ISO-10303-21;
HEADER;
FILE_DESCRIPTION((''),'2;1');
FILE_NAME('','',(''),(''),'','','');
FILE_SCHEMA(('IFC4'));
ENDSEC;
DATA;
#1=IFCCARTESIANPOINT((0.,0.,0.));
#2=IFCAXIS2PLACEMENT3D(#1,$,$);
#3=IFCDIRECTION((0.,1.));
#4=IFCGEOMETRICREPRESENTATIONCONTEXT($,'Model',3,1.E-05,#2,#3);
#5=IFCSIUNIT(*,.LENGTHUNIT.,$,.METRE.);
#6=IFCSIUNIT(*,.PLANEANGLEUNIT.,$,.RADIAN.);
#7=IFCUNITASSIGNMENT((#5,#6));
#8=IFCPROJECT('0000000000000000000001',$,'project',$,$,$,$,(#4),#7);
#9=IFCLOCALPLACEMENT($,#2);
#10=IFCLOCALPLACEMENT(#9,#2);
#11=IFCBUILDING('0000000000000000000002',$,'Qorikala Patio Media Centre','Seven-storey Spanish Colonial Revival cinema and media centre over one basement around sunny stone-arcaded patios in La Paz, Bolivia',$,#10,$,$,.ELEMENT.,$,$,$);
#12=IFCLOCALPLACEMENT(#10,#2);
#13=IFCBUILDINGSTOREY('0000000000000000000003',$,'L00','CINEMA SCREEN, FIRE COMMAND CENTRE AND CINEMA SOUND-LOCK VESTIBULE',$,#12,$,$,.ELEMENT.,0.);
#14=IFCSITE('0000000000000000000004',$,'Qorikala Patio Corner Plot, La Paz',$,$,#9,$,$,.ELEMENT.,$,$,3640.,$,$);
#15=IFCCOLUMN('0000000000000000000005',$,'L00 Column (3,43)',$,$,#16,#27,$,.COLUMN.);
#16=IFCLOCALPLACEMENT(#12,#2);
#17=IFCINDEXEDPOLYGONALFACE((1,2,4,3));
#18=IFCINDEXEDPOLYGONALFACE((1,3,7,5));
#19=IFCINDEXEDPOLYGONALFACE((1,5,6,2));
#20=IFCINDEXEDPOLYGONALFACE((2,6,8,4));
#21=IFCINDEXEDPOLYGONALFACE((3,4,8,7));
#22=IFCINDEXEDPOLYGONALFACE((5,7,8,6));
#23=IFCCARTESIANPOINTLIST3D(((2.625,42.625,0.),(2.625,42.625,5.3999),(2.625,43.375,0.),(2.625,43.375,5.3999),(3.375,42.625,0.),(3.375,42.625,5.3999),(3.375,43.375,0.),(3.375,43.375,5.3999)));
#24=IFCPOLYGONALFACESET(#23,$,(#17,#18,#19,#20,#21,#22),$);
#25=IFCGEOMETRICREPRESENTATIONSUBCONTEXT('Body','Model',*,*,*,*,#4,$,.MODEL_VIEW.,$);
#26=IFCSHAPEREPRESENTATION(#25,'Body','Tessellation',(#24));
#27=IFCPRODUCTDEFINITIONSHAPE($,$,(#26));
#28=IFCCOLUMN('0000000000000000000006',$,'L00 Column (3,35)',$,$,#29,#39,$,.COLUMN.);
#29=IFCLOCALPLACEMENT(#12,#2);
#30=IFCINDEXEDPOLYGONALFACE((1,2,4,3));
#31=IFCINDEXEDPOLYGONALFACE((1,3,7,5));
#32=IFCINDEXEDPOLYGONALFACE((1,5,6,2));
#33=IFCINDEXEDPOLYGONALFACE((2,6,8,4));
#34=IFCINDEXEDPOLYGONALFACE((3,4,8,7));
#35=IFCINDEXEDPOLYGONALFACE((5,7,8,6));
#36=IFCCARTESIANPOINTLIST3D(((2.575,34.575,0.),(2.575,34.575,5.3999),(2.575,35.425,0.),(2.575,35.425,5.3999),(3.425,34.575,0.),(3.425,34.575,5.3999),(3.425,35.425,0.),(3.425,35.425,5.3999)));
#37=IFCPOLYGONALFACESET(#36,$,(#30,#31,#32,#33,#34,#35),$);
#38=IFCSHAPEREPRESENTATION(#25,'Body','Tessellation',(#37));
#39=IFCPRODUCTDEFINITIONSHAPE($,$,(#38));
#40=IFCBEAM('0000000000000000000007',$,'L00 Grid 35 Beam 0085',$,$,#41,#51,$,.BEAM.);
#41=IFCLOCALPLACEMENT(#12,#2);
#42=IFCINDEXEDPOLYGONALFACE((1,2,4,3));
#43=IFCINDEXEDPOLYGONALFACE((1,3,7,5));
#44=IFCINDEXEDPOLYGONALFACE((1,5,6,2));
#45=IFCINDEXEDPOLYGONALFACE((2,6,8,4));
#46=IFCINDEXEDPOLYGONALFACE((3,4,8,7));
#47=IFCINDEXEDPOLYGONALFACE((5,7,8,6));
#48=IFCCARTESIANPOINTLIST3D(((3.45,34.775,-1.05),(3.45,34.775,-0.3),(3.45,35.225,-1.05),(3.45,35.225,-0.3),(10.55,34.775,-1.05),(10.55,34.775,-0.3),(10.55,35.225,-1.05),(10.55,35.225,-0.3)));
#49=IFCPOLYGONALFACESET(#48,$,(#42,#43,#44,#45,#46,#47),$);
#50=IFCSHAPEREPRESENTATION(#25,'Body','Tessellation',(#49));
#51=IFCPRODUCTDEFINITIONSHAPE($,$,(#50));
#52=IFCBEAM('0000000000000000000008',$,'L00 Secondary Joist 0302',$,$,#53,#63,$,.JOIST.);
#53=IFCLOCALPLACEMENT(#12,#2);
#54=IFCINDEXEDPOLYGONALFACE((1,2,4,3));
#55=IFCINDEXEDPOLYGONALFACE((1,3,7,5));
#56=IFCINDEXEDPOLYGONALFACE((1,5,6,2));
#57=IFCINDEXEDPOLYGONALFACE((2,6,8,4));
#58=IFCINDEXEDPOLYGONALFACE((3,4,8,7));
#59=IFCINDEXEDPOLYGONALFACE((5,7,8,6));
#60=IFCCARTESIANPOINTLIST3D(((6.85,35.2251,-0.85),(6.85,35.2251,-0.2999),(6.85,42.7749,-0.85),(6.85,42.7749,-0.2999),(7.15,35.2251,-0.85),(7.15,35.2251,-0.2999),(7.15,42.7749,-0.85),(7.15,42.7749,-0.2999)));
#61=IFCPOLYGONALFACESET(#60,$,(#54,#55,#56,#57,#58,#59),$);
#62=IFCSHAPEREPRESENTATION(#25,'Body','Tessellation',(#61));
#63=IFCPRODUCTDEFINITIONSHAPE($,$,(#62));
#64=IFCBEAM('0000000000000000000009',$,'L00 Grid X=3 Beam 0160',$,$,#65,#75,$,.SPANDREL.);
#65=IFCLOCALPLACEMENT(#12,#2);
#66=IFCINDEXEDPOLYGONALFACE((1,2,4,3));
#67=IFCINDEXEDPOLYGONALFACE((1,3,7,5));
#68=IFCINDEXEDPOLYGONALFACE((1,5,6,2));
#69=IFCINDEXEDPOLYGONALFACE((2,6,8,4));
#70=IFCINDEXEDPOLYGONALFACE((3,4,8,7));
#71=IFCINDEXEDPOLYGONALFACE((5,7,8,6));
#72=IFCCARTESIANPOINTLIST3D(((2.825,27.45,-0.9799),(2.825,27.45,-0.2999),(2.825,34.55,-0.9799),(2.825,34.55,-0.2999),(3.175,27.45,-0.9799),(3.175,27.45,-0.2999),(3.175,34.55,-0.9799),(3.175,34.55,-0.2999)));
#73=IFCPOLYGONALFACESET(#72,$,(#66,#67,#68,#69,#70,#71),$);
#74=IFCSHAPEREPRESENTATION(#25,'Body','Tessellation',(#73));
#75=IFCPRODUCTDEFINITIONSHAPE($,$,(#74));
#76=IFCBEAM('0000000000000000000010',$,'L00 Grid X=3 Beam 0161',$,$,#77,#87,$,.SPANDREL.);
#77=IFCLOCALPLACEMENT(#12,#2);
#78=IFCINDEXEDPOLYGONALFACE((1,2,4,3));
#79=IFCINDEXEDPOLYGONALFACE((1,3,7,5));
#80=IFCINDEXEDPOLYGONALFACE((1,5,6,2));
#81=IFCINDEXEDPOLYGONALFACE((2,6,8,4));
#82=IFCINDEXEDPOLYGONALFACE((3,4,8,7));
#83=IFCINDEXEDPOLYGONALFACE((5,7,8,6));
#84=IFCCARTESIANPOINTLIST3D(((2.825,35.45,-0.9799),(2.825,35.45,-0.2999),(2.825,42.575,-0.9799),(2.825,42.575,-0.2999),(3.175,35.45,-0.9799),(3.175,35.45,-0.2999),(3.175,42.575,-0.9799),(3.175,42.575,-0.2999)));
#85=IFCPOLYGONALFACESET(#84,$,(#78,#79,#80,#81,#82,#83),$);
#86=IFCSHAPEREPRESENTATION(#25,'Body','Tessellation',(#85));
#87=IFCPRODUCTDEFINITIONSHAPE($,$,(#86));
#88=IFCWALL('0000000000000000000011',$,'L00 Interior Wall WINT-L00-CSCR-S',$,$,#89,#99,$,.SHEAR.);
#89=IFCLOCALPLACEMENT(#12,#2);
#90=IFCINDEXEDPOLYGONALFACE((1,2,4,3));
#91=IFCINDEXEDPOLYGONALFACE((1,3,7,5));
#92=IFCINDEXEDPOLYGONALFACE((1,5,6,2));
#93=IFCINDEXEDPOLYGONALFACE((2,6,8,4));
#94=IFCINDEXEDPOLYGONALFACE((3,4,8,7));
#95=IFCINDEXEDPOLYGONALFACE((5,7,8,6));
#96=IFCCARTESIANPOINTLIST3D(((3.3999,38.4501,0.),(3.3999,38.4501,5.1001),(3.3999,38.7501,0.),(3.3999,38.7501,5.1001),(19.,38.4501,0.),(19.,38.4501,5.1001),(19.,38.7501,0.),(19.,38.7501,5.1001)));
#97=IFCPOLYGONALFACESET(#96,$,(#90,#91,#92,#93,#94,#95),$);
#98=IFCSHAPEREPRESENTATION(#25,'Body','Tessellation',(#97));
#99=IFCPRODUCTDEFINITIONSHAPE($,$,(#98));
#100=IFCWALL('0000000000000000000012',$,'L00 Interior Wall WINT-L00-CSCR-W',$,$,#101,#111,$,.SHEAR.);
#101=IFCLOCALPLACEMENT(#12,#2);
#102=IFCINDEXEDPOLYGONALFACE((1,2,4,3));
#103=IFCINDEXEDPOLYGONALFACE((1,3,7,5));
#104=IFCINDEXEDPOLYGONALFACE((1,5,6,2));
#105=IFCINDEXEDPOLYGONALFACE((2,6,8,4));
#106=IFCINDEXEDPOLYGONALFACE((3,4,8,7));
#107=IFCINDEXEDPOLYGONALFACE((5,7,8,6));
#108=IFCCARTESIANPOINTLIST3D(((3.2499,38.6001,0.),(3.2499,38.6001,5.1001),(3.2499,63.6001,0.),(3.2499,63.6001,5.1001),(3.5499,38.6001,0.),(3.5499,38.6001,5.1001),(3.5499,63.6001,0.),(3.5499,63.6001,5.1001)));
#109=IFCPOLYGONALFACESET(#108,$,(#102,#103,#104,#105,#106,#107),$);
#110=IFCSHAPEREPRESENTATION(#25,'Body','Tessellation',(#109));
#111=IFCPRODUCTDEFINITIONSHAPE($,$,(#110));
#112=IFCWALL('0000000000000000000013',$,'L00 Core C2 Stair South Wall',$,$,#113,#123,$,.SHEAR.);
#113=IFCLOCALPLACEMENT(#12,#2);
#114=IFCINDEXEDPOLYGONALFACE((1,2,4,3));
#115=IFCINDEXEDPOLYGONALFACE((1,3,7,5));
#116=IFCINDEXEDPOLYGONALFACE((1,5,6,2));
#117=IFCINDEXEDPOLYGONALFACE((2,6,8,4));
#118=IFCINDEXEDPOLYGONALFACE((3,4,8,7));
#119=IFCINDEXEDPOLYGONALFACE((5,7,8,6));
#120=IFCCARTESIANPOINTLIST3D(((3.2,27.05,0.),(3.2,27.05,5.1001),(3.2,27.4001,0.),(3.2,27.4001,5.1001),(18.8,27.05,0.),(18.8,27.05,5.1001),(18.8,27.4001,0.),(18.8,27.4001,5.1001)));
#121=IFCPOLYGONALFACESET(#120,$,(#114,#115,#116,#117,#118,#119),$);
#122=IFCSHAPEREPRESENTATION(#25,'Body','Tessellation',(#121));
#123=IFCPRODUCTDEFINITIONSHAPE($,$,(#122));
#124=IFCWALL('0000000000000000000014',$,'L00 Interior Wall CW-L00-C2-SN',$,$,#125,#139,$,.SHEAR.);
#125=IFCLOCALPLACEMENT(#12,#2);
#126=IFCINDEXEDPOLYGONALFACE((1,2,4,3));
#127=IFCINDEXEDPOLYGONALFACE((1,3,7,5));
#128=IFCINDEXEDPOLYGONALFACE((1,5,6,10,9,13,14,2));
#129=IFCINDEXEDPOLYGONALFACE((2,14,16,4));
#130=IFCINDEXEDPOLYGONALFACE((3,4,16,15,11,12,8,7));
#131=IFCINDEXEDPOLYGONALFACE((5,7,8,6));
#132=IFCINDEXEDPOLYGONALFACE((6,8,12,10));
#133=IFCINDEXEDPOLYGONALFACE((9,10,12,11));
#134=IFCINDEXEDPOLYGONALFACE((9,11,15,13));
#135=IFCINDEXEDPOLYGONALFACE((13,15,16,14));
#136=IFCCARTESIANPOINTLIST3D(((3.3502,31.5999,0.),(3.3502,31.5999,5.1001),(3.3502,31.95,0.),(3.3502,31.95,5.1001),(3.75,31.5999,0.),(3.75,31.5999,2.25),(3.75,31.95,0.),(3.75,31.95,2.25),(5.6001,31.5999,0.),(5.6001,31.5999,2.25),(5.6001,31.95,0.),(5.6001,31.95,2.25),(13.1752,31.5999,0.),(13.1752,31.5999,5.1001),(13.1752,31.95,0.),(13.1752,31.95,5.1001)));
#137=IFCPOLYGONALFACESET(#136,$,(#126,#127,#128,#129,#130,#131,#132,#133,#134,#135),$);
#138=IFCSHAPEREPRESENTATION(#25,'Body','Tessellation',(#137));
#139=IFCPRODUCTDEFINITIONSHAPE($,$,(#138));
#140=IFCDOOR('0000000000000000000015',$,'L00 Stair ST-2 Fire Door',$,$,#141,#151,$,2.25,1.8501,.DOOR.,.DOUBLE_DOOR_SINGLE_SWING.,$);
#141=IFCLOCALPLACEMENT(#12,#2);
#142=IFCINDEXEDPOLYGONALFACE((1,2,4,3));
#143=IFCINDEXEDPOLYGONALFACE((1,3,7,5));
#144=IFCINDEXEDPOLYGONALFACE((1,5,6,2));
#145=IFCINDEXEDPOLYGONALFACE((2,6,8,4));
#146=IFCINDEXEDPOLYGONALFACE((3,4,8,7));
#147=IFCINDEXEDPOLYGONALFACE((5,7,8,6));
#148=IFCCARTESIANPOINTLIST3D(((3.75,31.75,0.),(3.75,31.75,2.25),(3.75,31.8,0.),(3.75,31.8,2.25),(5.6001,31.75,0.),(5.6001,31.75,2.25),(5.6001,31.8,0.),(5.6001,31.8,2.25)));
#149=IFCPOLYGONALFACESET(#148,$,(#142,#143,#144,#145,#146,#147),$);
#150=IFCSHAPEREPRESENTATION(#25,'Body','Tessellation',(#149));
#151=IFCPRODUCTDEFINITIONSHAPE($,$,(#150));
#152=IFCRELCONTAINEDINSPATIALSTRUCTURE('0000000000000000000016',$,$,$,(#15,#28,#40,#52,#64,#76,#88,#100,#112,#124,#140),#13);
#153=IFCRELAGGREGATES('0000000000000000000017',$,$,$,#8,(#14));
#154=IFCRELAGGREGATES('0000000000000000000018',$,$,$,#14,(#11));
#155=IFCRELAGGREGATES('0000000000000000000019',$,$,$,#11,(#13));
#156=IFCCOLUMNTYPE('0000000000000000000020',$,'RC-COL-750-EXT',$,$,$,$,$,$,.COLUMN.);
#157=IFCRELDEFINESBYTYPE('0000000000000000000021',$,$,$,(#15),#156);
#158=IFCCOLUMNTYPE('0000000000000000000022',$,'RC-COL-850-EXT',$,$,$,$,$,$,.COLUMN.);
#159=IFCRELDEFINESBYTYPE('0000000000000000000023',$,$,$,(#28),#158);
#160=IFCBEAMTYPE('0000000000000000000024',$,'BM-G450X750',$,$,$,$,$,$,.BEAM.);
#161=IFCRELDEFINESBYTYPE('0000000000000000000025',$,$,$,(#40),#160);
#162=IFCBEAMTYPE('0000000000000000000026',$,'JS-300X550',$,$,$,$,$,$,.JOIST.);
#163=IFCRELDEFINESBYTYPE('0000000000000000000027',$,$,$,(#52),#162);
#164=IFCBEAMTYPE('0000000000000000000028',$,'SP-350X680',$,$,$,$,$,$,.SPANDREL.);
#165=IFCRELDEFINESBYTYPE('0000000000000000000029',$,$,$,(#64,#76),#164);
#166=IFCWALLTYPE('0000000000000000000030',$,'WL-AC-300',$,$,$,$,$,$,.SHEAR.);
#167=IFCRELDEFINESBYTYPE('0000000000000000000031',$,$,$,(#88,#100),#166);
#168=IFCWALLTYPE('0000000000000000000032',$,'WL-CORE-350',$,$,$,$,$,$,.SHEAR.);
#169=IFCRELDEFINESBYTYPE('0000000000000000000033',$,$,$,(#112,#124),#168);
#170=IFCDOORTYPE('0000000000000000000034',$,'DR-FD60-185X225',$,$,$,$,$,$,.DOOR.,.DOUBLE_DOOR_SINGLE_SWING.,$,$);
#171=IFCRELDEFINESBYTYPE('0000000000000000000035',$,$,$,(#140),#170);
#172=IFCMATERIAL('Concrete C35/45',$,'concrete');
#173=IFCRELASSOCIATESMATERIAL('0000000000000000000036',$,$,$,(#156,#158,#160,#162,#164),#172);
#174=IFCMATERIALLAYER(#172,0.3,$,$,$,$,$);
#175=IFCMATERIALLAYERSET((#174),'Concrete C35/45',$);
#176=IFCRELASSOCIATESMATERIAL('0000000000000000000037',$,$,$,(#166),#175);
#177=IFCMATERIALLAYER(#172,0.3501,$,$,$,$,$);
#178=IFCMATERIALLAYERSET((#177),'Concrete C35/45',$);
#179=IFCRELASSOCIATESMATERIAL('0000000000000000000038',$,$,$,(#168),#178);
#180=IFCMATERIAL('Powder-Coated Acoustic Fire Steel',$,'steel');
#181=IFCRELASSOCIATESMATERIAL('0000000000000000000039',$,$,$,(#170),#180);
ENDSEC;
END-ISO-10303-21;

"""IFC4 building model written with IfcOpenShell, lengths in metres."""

from ifc_helpers import new_model, si_unit, direction, frame, frame_2d, origin, origin_2d, place, context, subcontext, project, spatial, rectangle, extrude, material, layer, layer_set, material_profile, profile_set, type_object, element, fill, save


model = new_model("IFC4")

# Units and contexts
model_context = context("Model", 3, precision=1e-05, world=origin(), true_north=direction((0.0, 1.0)))
body_context = subcontext(model_context, "Body", "Model", "MODEL_VIEW")
ifc_project = project(units=[si_unit("LENGTHUNIT", "METRE"), si_unit("PLANEANGLEUNIT", "RADIAN")], contexts=[model_context])

# Site, building, storey
site_placement = place(None, origin())
site = spatial("IfcSite", under=ifc_project, at=site_placement, Name="Qorikala Patio Corner Plot, La Paz", CompositionType="ELEMENT", RefElevation=3640.0)
building_placement = place(site_placement, origin())
building = spatial("IfcBuilding", under=site, at=building_placement, Name="Qorikala Patio Media Centre", Description="Seven-storey Spanish Colonial Revival cinema and media centre over one basement around sunny stone-arcaded patios in La Paz, Bolivia", CompositionType="ELEMENT")
storey_placement = place(building_placement, origin())
storey = spatial("IfcBuildingStorey", under=building, at=storey_placement, Name="L00", Description="CINEMA SCREEN, FIRE COMMAND CENTRE AND CINEMA SOUND-LOCK VESTIBULE", CompositionType="ELEMENT", Elevation=0.0)

# Columns
ifc_material_1 = material(Name="Concrete C35/45", Category="concrete")
ifc_material_profile_1 = material_profile(ifc_material_1, rectangle(XDim=0.75, YDim=0.75, at=origin_2d()), Name="RC 750x750")
ifc_profile_set_1 = profile_set([ifc_material_profile_1], Name="Concrete C35/45")
column_type_1 = type_object("IfcColumnType", Name="RC-COL-750-EXT", PredefinedType="COLUMN", material=ifc_profile_set_1)
column_1_placement = place(storey_placement, frame((3.0, 43.0, 0.0), z_axis=(0.0, 0.0, 1.0), x_axis=(1.0, 0.0, 0.0)))
element("IfcColumn", 1, at=column_1_placement, inside=storey, type_object=column_type_1, Name="L00 Column (3,43)", PredefinedType="COLUMN", context=body_context, shape_type="SweptSolid", body=[
    extrude(rectangle(XDim=0.75, YDim=0.75, at=origin_2d()), origin(), (0.0, 0.0, 1.0), 5.3999),
])
ifc_material_profile_2 = material_profile(ifc_material_1, rectangle(XDim=0.8501, YDim=0.8501, at=origin_2d()), Name="RC 850x850")
ifc_profile_set_2 = profile_set([ifc_material_profile_2], Name="Concrete C35/45")
column_type_2 = type_object("IfcColumnType", Name="RC-COL-850-EXT", PredefinedType="COLUMN", material=ifc_profile_set_2)
column_2_placement = place(storey_placement, frame((3.0, 35.0, 0.0), z_axis=(0.0, 0.0, 1.0), x_axis=(1.0, 0.0, 0.0)))
element("IfcColumn", 2, at=column_2_placement, inside=storey, type_object=column_type_2, Name="L00 Column (3,35)", PredefinedType="COLUMN", context=body_context, shape_type="SweptSolid", body=[
    extrude(rectangle(XDim=0.8501, YDim=0.8501, at=origin_2d()), origin(), (0.0, 0.0, 1.0), 5.3999),
])

# Beams
ifc_material_profile_3 = material_profile(ifc_material_1, rectangle(XDim=0.45, YDim=0.75, at=origin_2d()), Name="RC 450x750")
ifc_profile_set_3 = profile_set([ifc_material_profile_3], Name="Concrete C35/45")
beam_type_1 = type_object("IfcBeamType", Name="BM-G450X750", PredefinedType="BEAM", material=ifc_profile_set_3)
beam_1_placement = place(storey_placement, frame((3.45, 35.0, -0.675), z_axis=(1.0, 0.0, 0.0), x_axis=(0.0, 1.0, 0.0)))
element("IfcBeam", 3, at=beam_1_placement, inside=storey, type_object=beam_type_1, Name="L00 Grid 35 Beam 0085", PredefinedType="BEAM", context=body_context, shape_type="SweptSolid", body=[
    extrude(rectangle(XDim=0.45, YDim=0.75, at=origin_2d()), origin(), (0.0, 0.0, 1.0), 7.1001),
])
ifc_material_profile_4 = material_profile(ifc_material_1, rectangle(XDim=0.3, YDim=0.55, at=origin_2d()), Name="RC 300x550")
ifc_profile_set_4 = profile_set([ifc_material_profile_4], Name="Concrete C35/45")
beam_type_2 = type_object("IfcBeamType", Name="JS-300X550", PredefinedType="JOIST", material=ifc_profile_set_4)
beam_2_placement = place(storey_placement, frame((7.0, 35.2251, -0.575), z_axis=(0.0, 1.0, 0.0), x_axis=(-1.0, 0.0, 0.0)))
element("IfcBeam", 4, at=beam_2_placement, inside=storey, type_object=beam_type_2, Name="L00 Secondary Joist 0302", PredefinedType="JOIST", context=body_context, shape_type="SweptSolid", body=[
    extrude(rectangle(XDim=0.3, YDim=0.55, at=origin_2d()), origin(), (0.0, 0.0, 1.0), 7.5498),
])
ifc_material_profile_5 = material_profile(ifc_material_1, rectangle(XDim=0.3501, YDim=0.6799, at=origin_2d()), Name="RC 350x680")
ifc_profile_set_5 = profile_set([ifc_material_profile_5], Name="Concrete C35/45")
beam_type_3 = type_object("IfcBeamType", Name="SP-350X680", PredefinedType="SPANDREL", material=ifc_profile_set_5)
beam_3_placement = place(storey_placement, frame((3.0, 27.45, -0.6399), z_axis=(0.0, 1.0, 0.0), x_axis=(-1.0, 0.0, 0.0)))
element("IfcBeam", 5, at=beam_3_placement, inside=storey, type_object=beam_type_3, Name="L00 Grid X=3 Beam 0160", PredefinedType="SPANDREL", context=body_context, shape_type="SweptSolid", body=[
    extrude(rectangle(XDim=0.3501, YDim=0.6799, at=origin_2d()), origin(), (0.0, 0.0, 1.0), 7.1001),
])
beam_4_placement = place(storey_placement, frame((3.0, 35.45, -0.6399), z_axis=(0.0, 1.0, 0.0), x_axis=(-1.0, 0.0, 0.0)))
element("IfcBeam", 6, at=beam_4_placement, inside=storey, type_object=beam_type_3, Name="L00 Grid X=3 Beam 0161", PredefinedType="SPANDREL", context=body_context, shape_type="SweptSolid", body=[
    extrude(rectangle(XDim=0.3501, YDim=0.6799, at=origin_2d()), origin(), (0.0, 0.0, 1.0), 7.125),
])

# Walls
ifc_layer_1 = layer(ifc_material_1, 0.3)
ifc_layer_set_1 = layer_set([ifc_layer_1], Name="Concrete C35/45")
wall_type_1 = type_object("IfcWallType", Name="WL-AC-300", PredefinedType="SHEAR", material=ifc_layer_set_1)
wall_1_placement = place(storey_placement, frame((3.3999, 38.6001, 0.0), z_axis=(0.0, 0.0, 1.0), x_axis=(1.0, 0.0, 0.0)))
element("IfcWall", 7, at=wall_1_placement, inside=storey, type_object=wall_type_1, Name="L00 Interior Wall WINT-L00-CSCR-S", PredefinedType="SHEAR", context=body_context, shape_type="SweptSolid", body=[
    extrude(rectangle(XDim=15.6001, YDim=0.3, at=frame_2d((7.8, 0.0))), origin(), (0.0, 0.0, 1.0), 5.1001),
])
wall_2_placement = place(storey_placement, frame((3.3999, 38.6001, 0.0), z_axis=(0.0, 0.0, 1.0), x_axis=(0.0, 1.0, 0.0)))
element("IfcWall", 8, at=wall_2_placement, inside=storey, type_object=wall_type_1, Name="L00 Interior Wall WINT-L00-CSCR-W", PredefinedType="SHEAR", context=body_context, shape_type="SweptSolid", body=[
    extrude(rectangle(XDim=25.0, YDim=0.3, at=frame_2d((12.5, 0.0))), origin(), (0.0, 0.0, 1.0), 5.1001),
])
ifc_layer_2 = layer(ifc_material_1, 0.3501)
ifc_layer_set_2 = layer_set([ifc_layer_2], Name="Concrete C35/45")
wall_type_2 = type_object("IfcWallType", Name="WL-CORE-350", PredefinedType="SHEAR", material=ifc_layer_set_2)
wall_3_placement = place(storey_placement, frame((3.2, 27.2251, 0.0), z_axis=(0.0, 0.0, 1.0), x_axis=(1.0, 0.0, 0.0)))
element("IfcWall", 9, at=wall_3_placement, inside=storey, type_object=wall_type_2, Name="L00 Core C2 Stair South Wall", PredefinedType="SHEAR", context=body_context, shape_type="SweptSolid", body=[
    extrude(rectangle(XDim=15.6001, YDim=0.3501, at=frame_2d((7.8, 0.0))), origin(), (0.0, 0.0, 1.0), 5.1001),
])

# Wall, opening, door
wall_4_placement = place(storey_placement, frame((3.3501, 31.7749, 0.0), z_axis=(0.0, 0.0, 1.0), x_axis=(1.0, 0.0, 0.0)))
wall_4 = element("IfcWall", 10, at=wall_4_placement, inside=storey, type_object=wall_type_2, Name="L00 Interior Wall CW-L00-C2-SN", PredefinedType="SHEAR", context=body_context, shape_type="SweptSolid", body=[
    extrude(rectangle(XDim=9.825, YDim=0.3501, at=frame_2d((4.9126, 0.0))), origin(), (0.0, 0.0, 1.0), 5.1001),
])
opening_1_placement = place(wall_4_placement, frame((0.3999, 0.0, 0.0)))
opening_1 = element("IfcOpeningElement", 11, at=opening_1_placement, cuts=wall_4, PredefinedType="OPENING", context=body_context, shape_type="SweptSolid", body=[
    extrude(rectangle(XDim=1.8501, YDim=2.25, at=frame_2d((0.925, 1.125))), frame((0.0, 0.1851, 0.0), z_axis=(0.0, -1.0, 0.0), x_axis=(1.0, 0.0, 0.0)), (0.0, 0.0, 1.0), 0.3701),
])
ifc_material_2 = material(Name="Powder-Coated Acoustic Fire Steel", Category="steel")
door_type_1 = type_object("IfcDoorType", Name="DR-FD60-185X225", OperationType="DOUBLE_DOOR_SINGLE_SWING", PredefinedType="DOOR", material=ifc_material_2)
door_1_placement = place(opening_1_placement, frame((1.8501, 0.0, 0.0), z_axis=(0.0, 0.0, 1.0), x_axis=(-1.0, 0.0, 0.0)))
door_1 = element("IfcDoor", 12, at=door_1_placement, inside=storey, type_object=door_type_1, Name="L00 Stair ST-2 Fire Door", OperationType="DOUBLE_DOOR_SINGLE_SWING", OverallHeight=2.25, OverallWidth=1.8501, PredefinedType="DOOR", context=body_context, shape_type="SweptSolid", body=[
    extrude(rectangle(XDim=1.8501, YDim=2.25, at=frame_2d((0.925, 1.125))), frame((0.0, 0.0249, 0.0), z_axis=(0.0, -1.0, 0.0), x_axis=(1.0, 0.0, 0.0)), (0.0, 0.0, 1.0), 0.05),
])
fill(opening_1, door_1)

save(model, "model.ifc")
